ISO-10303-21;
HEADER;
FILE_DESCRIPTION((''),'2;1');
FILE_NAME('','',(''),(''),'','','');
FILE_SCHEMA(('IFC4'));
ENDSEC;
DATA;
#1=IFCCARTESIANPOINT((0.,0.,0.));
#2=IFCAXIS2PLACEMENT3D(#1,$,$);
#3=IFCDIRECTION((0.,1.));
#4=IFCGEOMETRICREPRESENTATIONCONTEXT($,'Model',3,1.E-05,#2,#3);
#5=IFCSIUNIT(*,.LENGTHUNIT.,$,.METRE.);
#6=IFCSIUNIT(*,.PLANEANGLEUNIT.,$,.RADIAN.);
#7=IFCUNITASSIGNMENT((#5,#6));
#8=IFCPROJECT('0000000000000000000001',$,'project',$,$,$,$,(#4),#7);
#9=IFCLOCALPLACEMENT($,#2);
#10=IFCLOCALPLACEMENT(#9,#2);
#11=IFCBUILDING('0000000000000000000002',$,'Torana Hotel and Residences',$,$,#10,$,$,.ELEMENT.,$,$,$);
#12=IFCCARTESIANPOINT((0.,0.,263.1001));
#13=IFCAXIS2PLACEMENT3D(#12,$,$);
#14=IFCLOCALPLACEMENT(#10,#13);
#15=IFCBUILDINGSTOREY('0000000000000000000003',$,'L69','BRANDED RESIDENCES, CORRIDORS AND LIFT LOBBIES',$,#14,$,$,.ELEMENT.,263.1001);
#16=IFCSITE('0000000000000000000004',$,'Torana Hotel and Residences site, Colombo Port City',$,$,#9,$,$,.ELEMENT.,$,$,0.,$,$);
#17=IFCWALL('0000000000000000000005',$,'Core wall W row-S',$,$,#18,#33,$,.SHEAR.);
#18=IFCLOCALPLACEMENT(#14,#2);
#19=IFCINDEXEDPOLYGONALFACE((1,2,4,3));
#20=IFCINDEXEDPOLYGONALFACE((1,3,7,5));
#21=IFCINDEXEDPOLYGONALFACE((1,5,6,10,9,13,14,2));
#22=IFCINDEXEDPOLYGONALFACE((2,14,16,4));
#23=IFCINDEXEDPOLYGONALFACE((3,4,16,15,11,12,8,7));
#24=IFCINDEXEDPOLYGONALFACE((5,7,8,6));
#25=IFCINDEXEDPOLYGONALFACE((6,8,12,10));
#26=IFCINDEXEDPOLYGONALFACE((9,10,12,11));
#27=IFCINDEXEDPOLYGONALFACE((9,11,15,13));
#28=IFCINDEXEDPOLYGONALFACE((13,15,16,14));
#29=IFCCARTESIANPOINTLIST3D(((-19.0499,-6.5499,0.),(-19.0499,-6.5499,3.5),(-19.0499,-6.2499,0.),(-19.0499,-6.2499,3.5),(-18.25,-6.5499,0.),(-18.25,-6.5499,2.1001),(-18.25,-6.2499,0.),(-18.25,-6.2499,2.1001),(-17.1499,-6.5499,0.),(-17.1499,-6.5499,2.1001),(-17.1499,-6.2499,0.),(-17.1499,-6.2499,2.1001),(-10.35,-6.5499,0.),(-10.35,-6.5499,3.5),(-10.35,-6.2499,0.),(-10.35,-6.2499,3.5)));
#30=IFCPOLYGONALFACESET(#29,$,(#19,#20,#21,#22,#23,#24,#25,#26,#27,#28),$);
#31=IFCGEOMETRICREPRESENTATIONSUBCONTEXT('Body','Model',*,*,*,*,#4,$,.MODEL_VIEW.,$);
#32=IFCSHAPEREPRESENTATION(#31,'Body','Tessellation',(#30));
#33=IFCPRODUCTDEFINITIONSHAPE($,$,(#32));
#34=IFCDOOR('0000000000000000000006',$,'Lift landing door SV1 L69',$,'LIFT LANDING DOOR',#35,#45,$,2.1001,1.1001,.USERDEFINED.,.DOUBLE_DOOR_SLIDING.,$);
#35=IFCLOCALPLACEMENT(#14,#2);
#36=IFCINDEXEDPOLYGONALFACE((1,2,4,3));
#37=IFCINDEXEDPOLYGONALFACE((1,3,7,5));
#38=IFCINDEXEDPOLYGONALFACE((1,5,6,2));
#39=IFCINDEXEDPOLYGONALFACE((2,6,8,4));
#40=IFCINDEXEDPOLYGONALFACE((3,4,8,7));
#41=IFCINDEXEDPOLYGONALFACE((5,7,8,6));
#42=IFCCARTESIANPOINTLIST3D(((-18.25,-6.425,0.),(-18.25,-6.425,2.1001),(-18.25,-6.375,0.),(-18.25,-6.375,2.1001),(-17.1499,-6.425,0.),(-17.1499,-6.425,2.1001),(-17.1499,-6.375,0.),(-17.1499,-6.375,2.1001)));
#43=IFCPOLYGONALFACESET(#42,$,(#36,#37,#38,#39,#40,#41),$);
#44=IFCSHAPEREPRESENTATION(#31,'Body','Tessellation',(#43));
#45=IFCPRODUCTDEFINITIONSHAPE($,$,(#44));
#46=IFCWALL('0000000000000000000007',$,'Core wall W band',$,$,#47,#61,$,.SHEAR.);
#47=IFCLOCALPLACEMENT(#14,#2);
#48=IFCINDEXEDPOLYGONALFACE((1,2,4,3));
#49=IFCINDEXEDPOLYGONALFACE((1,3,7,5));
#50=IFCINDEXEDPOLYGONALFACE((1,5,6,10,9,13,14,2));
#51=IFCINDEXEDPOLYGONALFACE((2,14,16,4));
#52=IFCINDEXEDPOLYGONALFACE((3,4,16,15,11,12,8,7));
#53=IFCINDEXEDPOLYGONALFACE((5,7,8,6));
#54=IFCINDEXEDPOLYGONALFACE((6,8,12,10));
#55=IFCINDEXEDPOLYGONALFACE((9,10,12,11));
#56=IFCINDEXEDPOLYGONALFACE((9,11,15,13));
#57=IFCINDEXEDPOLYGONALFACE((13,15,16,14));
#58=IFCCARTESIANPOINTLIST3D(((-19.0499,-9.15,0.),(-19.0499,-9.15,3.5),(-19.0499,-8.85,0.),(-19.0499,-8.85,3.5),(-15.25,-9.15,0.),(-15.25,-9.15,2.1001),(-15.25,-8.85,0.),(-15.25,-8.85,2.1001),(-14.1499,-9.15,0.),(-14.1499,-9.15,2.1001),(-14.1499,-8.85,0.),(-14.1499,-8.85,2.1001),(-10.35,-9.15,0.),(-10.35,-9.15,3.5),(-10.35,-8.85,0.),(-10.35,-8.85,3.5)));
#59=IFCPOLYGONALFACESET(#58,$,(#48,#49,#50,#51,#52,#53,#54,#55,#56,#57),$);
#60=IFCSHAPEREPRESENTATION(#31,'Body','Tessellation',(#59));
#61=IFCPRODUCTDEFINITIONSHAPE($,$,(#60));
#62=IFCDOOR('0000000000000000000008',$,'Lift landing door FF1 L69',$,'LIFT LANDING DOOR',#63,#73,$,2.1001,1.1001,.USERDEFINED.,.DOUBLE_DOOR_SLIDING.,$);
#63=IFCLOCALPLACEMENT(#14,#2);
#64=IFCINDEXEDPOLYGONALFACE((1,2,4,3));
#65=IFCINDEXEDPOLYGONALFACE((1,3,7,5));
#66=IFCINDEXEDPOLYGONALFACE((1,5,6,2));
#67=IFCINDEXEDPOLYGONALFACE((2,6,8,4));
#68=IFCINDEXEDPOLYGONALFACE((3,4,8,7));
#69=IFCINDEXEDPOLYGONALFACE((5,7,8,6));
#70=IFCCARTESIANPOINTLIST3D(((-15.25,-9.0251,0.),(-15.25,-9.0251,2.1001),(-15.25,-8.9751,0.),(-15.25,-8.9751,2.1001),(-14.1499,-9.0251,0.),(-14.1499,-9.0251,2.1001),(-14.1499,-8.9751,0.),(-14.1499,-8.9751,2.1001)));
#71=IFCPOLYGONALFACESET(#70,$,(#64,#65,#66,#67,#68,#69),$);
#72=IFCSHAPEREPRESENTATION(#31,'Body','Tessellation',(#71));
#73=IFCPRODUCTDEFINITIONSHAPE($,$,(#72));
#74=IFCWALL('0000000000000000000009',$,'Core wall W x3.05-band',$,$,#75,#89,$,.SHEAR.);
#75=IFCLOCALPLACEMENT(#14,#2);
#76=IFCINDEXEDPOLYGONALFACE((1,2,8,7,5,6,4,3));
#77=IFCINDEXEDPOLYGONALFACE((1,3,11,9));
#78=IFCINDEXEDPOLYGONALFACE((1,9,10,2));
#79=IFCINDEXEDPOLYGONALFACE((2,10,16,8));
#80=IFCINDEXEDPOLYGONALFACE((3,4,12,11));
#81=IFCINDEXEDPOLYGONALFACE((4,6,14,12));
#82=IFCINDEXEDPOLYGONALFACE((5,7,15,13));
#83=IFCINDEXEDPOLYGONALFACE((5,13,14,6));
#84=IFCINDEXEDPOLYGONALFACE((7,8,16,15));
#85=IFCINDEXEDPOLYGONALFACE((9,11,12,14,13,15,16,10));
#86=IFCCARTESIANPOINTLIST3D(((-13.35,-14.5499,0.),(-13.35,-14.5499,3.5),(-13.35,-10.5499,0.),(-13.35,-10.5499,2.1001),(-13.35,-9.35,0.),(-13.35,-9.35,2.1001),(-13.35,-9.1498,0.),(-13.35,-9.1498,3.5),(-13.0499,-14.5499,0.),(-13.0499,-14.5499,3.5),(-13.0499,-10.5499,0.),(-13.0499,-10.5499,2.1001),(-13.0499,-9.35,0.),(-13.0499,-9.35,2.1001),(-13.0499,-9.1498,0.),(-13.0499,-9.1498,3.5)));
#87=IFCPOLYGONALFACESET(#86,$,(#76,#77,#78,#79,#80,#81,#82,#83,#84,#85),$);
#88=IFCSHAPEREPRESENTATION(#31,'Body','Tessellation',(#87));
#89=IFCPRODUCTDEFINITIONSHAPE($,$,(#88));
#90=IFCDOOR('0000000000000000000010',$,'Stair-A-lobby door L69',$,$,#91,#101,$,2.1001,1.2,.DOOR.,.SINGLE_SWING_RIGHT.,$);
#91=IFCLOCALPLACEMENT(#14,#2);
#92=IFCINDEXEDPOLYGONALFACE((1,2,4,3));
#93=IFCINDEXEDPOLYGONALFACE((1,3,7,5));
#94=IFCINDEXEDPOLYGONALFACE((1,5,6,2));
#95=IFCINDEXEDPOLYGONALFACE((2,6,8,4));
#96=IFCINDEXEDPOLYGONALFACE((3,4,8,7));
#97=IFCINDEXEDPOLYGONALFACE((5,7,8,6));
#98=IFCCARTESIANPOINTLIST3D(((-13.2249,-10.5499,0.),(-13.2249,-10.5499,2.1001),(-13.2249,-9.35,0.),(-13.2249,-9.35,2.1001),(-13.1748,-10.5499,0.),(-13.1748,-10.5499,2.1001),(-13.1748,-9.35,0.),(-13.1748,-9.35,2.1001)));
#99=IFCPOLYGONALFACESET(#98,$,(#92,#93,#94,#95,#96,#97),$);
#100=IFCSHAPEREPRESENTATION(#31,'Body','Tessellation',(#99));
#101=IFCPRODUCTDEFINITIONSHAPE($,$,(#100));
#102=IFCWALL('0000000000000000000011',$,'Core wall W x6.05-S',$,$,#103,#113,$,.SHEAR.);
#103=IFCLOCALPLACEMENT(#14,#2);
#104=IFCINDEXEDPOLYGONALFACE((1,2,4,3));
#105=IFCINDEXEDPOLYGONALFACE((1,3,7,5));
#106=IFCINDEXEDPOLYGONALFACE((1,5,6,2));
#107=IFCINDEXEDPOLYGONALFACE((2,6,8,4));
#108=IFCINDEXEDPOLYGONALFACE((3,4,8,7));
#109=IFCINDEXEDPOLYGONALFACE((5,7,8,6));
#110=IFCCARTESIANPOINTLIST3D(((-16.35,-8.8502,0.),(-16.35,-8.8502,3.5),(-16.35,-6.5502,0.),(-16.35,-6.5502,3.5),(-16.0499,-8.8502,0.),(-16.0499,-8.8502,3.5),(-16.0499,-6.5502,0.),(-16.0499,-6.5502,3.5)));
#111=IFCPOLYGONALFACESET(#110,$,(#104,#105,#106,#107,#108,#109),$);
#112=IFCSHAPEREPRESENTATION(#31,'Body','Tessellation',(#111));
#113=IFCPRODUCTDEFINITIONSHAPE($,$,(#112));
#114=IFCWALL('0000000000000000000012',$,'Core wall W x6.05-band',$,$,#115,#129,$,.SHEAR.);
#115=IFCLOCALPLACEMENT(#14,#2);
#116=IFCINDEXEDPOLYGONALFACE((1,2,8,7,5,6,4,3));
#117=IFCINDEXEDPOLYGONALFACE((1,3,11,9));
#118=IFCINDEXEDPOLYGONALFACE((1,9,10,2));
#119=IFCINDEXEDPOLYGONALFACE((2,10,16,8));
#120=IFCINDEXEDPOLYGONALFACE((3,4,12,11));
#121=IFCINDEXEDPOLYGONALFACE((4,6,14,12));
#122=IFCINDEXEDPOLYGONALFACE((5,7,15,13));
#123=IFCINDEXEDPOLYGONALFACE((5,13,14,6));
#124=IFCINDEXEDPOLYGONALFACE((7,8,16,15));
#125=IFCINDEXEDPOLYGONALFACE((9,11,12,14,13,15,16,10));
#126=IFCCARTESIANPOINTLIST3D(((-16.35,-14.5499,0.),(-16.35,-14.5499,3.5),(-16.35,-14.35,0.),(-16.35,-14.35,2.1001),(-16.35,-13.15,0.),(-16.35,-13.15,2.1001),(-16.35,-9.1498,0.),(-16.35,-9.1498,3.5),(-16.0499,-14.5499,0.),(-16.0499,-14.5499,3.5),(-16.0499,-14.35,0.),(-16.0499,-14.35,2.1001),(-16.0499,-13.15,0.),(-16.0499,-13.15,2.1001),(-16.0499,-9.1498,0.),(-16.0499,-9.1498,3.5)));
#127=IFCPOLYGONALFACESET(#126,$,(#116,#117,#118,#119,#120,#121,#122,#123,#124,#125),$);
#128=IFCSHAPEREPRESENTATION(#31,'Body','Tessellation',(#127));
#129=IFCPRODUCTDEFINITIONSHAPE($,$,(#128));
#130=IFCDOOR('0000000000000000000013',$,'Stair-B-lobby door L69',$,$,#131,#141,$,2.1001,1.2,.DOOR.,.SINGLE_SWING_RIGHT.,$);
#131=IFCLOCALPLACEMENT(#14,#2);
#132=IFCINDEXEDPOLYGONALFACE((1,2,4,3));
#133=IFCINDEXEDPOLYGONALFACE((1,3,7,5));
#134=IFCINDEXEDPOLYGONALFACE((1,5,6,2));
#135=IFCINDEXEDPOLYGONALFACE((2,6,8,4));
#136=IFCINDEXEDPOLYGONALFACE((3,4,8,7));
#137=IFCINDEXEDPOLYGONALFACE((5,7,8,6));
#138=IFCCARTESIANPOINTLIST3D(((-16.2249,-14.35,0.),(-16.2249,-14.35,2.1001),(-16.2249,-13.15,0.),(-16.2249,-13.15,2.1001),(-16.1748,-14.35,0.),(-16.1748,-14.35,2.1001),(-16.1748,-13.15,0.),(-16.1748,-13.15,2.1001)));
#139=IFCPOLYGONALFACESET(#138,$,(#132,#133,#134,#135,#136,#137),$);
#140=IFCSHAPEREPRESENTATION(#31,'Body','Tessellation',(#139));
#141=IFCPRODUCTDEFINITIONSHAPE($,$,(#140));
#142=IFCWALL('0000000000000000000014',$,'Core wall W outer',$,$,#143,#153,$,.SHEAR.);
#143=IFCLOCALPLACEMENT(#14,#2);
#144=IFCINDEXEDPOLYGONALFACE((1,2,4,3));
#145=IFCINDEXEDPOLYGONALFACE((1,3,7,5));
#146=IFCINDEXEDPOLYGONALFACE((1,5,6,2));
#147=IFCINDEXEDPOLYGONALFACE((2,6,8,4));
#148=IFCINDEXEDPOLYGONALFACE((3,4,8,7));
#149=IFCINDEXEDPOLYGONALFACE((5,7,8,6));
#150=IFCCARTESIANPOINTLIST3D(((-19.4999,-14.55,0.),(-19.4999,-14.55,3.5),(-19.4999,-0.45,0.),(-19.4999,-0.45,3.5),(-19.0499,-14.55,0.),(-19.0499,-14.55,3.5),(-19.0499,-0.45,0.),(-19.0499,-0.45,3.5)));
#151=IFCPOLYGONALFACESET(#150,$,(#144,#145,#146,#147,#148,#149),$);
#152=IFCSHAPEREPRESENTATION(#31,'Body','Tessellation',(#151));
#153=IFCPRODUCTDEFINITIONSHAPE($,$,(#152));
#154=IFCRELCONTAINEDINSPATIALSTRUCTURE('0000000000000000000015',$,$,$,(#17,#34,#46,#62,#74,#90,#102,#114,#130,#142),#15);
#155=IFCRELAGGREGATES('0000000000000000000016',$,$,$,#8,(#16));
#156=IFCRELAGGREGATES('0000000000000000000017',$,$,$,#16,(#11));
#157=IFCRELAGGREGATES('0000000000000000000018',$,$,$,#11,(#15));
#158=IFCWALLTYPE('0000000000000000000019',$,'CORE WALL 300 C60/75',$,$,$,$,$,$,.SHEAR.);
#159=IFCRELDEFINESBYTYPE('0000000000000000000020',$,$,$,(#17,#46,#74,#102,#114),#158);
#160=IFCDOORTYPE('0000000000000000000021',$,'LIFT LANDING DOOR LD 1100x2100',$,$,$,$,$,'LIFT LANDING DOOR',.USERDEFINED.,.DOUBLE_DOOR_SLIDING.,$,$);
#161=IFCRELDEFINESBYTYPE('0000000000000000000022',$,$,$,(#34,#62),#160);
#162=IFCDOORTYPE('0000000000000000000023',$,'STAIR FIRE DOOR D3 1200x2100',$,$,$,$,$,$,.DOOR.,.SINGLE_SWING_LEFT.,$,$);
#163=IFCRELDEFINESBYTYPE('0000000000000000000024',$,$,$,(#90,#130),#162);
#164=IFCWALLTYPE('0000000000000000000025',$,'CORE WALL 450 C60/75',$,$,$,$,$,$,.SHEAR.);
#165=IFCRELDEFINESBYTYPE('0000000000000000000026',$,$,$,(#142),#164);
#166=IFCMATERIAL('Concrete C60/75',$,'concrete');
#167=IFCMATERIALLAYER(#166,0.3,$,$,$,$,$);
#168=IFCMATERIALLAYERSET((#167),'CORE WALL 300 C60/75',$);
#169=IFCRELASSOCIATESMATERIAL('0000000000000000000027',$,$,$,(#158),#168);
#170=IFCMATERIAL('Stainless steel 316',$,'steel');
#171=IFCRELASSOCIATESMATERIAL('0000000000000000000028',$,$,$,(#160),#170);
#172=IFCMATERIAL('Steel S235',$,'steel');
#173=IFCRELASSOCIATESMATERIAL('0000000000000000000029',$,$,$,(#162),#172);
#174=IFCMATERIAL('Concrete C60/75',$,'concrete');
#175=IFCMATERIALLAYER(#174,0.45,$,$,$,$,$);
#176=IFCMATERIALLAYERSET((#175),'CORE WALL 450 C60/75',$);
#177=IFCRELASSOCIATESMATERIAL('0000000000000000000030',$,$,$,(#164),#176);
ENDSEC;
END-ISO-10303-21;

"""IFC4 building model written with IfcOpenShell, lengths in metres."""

from ifc_helpers import new_model, si_unit, direction, frame, frame_2d, origin, place, context, subcontext, project, spatial, rectangle, extrude, material, layer, layer_set, type_object, element, fill, save


model = new_model("IFC4")

# Units and contexts
model_context = context("Model", 3, precision=1e-05, world=origin(), true_north=direction((0.0, 1.0)))
body_context = subcontext(model_context, "Body", "Model", "MODEL_VIEW")
ifc_project = project(units=[si_unit("LENGTHUNIT", "METRE"), si_unit("PLANEANGLEUNIT", "RADIAN")], contexts=[model_context])

# Site, building, storey
site_placement = place(None, origin())
site = spatial("IfcSite", under=ifc_project, at=site_placement, Name="Torana Hotel and Residences site, Colombo Port City", CompositionType="ELEMENT", RefElevation=0.0)
building_placement = place(site_placement, origin())
building = spatial("IfcBuilding", under=site, at=building_placement, Name="Torana Hotel and Residences", CompositionType="ELEMENT")
storey_placement = place(building_placement, frame((0.0, 0.0, 263.1001)))
storey = spatial("IfcBuildingStorey", under=building, at=storey_placement, Name="L69", Description="BRANDED RESIDENCES, CORRIDORS AND LIFT LOBBIES", CompositionType="ELEMENT", Elevation=263.1001)

# Walls, openings, doors
ifc_material_1 = material(Name="Concrete C60/75", Category="concrete")
ifc_layer_1 = layer(ifc_material_1, 0.3)
ifc_layer_set_1 = layer_set([ifc_layer_1], Name="CORE WALL 300 C60/75")
wall_type_1 = type_object("IfcWallType", Name="CORE WALL 300 C60/75", PredefinedType="SHEAR", material=ifc_layer_set_1)
wall_1_placement = place(storey_placement, frame((-19.05, -6.3999, 0.0), z_axis=(0.0, 0.0, 1.0), x_axis=(1.0, 0.0, 0.0)))
wall_1 = element("IfcWall", 1, at=wall_1_placement, inside=storey, type_object=wall_type_1, Name="Core wall W row-S", PredefinedType="SHEAR", context=body_context, shape_type="SweptSolid", body=[
    extrude(rectangle(XDim=8.7, YDim=0.3, at=frame_2d((4.3501, 0.0))), origin(), (0.0, 0.0, 1.0), 3.5),
])
opening_1_placement = place(wall_1_placement, frame((0.8, 0.0, 0.0)))
opening_1 = element("IfcOpeningElement", 2, at=opening_1_placement, cuts=wall_1, PredefinedType="OPENING", context=body_context, shape_type="SweptSolid", body=[
    extrude(rectangle(XDim=1.1001, YDim=2.1001, at=frame_2d((0.55, 1.05))), frame((0.0, 0.1599, 0.0), z_axis=(0.0, -1.0, 0.0), x_axis=(1.0, 0.0, 0.0)), (0.0, 0.0, 1.0), 0.3201),
])
ifc_material_2 = material(Name="Stainless steel 316", Category="steel")
door_type_1 = type_object("IfcDoorType", Name="LIFT LANDING DOOR LD 1100x2100", ElementType="LIFT LANDING DOOR", OperationType="DOUBLE_DOOR_SLIDING", PredefinedType="USERDEFINED", material=ifc_material_2)
door_1_placement = place(opening_1_placement, origin())
door_1 = element("IfcDoor", 3, at=door_1_placement, inside=storey, type_object=door_type_1, Name="Lift landing door SV1 L69", ObjectType="LIFT LANDING DOOR", OperationType="DOUBLE_DOOR_SLIDING", OverallHeight=2.1001, OverallWidth=1.1001, PredefinedType="USERDEFINED", context=body_context, shape_type="SweptSolid", body=[
    extrude(rectangle(XDim=1.1001, YDim=2.1001, at=frame_2d((0.55, 1.05))), frame((0.0, 0.0249, 0.0), z_axis=(0.0, -1.0, 0.0), x_axis=(1.0, 0.0, 0.0)), (0.0, 0.0, 1.0), 0.05),
])
fill(opening_1, door_1)
wall_2_placement = place(storey_placement, frame((-19.05, -9.0, 0.0), z_axis=(0.0, 0.0, 1.0), x_axis=(1.0, 0.0, 0.0)))
wall_2 = element("IfcWall", 4, at=wall_2_placement, inside=storey, type_object=wall_type_1, Name="Core wall W band", PredefinedType="SHEAR", context=body_context, shape_type="SweptSolid", body=[
    extrude(rectangle(XDim=8.7, YDim=0.3, at=frame_2d((4.3501, 0.0))), origin(), (0.0, 0.0, 1.0), 3.5),
])
opening_2_placement = place(wall_2_placement, frame((3.8, 0.0, 0.0)))
opening_2 = element("IfcOpeningElement", 5, at=opening_2_placement, cuts=wall_2, PredefinedType="OPENING", context=body_context, shape_type="SweptSolid", body=[
    extrude(rectangle(XDim=1.1001, YDim=2.1001, at=frame_2d((0.55, 1.05))), frame((0.0, 0.1599, 0.0), z_axis=(0.0, -1.0, 0.0), x_axis=(1.0, 0.0, 0.0)), (0.0, 0.0, 1.0), 0.3201),
])
door_2_placement = place(opening_2_placement, origin())
door_2 = element("IfcDoor", 6, at=door_2_placement, inside=storey, type_object=door_type_1, Name="Lift landing door FF1 L69", ObjectType="LIFT LANDING DOOR", OperationType="DOUBLE_DOOR_SLIDING", OverallHeight=2.1001, OverallWidth=1.1001, PredefinedType="USERDEFINED", context=body_context, shape_type="SweptSolid", body=[
    extrude(rectangle(XDim=1.1001, YDim=2.1001, at=frame_2d((0.55, 1.05))), frame((0.0, 0.0249, 0.0), z_axis=(0.0, -1.0, 0.0), x_axis=(1.0, 0.0, 0.0)), (0.0, 0.0, 1.0), 0.05),
])
fill(opening_2, door_2)
wall_3_placement = place(storey_placement, frame((-13.2, -14.55, 0.0), z_axis=(0.0, 0.0, 1.0), x_axis=(0.0, 1.0, 0.0)))
wall_3 = element("IfcWall", 7, at=wall_3_placement, inside=storey, type_object=wall_type_1, Name="Core wall W x3.05-band", PredefinedType="SHEAR", context=body_context, shape_type="SweptSolid", body=[
    extrude(rectangle(XDim=5.4001, YDim=0.3, at=frame_2d((2.7002, 0.0))), origin(), (0.0, 0.0, 1.0), 3.5),
])
opening_3_placement = place(wall_3_placement, frame((4.0, 0.0, 0.0)))
opening_3 = element("IfcOpeningElement", 8, at=opening_3_placement, cuts=wall_3, PredefinedType="OPENING", context=body_context, shape_type="SweptSolid", body=[
    extrude(rectangle(XDim=1.2, YDim=2.1001, at=frame_2d((0.6001, 1.05))), frame((0.0, 0.1599, 0.0), z_axis=(0.0, -1.0, 0.0), x_axis=(1.0, 0.0, 0.0)), (0.0, 0.0, 1.0), 0.3201),
])
ifc_material_3 = material(Name="Steel S235", Category="steel")
door_type_2 = type_object("IfcDoorType", Name="STAIR FIRE DOOR D3 1200x2100", OperationType="SINGLE_SWING_LEFT", PredefinedType="DOOR", material=ifc_material_3)
door_3_placement = place(opening_3_placement, frame((0.6001, 0.0, 0.0), z_axis=(0.0, 0.0, 1.0), x_axis=(-1.0, 0.0, 0.0)))
door_3 = element("IfcDoor", 9, at=door_3_placement, inside=storey, type_object=door_type_2, Name="Stair-A-lobby door L69", OperationType="SINGLE_SWING_RIGHT", OverallHeight=2.1001, OverallWidth=1.2, PredefinedType="DOOR", context=body_context, shape_type="SweptSolid", body=[
    extrude(rectangle(XDim=1.2, YDim=2.1001, at=frame_2d((0.0, 1.05))), frame((0.0, -0.0249, 0.0), z_axis=(0.0, 1.0, 0.0), x_axis=(-1.0, 0.0, 0.0)), (0.0, 0.0, 1.0), 0.05),
])
fill(opening_3, door_3)

# Wall
wall_4_placement = place(storey_placement, frame((-16.2, -8.8501, 0.0), z_axis=(0.0, 0.0, 1.0), x_axis=(0.0, 1.0, 0.0)))
element("IfcWall", 10, at=wall_4_placement, inside=storey, type_object=wall_type_1, Name="Core wall W x6.05-S", PredefinedType="SHEAR", context=body_context, shape_type="SweptSolid", body=[
    extrude(rectangle(XDim=2.3, YDim=0.3, at=frame_2d((1.1499, 0.0))), origin(), (0.0, 0.0, 1.0), 3.5),
])

# Wall, opening, door
wall_5_placement = place(storey_placement, frame((-16.2, -14.55, 0.0), z_axis=(0.0, 0.0, 1.0), x_axis=(0.0, 1.0, 0.0)))
wall_5 = element("IfcWall", 11, at=wall_5_placement, inside=storey, type_object=wall_type_1, Name="Core wall W x6.05-band", PredefinedType="SHEAR", context=body_context, shape_type="SweptSolid", body=[
    extrude(rectangle(XDim=5.4001, YDim=0.3, at=frame_2d((2.7002, 0.0))), origin(), (0.0, 0.0, 1.0), 3.5),
])
opening_4_placement = place(wall_5_placement, frame((0.2, 0.0, 0.0)))
opening_4 = element("IfcOpeningElement", 12, at=opening_4_placement, cuts=wall_5, PredefinedType="OPENING", context=body_context, shape_type="SweptSolid", body=[
    extrude(rectangle(XDim=1.2, YDim=2.1001, at=frame_2d((0.6001, 1.05))), frame((0.0, 0.1599, 0.0), z_axis=(0.0, -1.0, 0.0), x_axis=(1.0, 0.0, 0.0)), (0.0, 0.0, 1.0), 0.3201),
])
door_4_placement = place(opening_4_placement, origin())
door_4 = element("IfcDoor", 13, at=door_4_placement, inside=storey, type_object=door_type_2, Name="Stair-B-lobby door L69", OperationType="SINGLE_SWING_RIGHT", OverallHeight=2.1001, OverallWidth=1.2, PredefinedType="DOOR", context=body_context, shape_type="SweptSolid", body=[
    extrude(rectangle(XDim=1.2, YDim=2.1001, at=frame_2d((0.6001, 1.05))), frame((0.0, 0.0249, 0.0), z_axis=(0.0, -1.0, 0.0), x_axis=(1.0, 0.0, 0.0)), (0.0, 0.0, 1.0), 0.05),
])
fill(opening_4, door_4)

# Wall
ifc_material_4 = material(Name="Concrete C60/75", Category="concrete")
ifc_layer_2 = layer(ifc_material_4, 0.45)
ifc_layer_set_2 = layer_set([ifc_layer_2], Name="CORE WALL 450 C60/75")
wall_type_2 = type_object("IfcWallType", Name="CORE WALL 450 C60/75", PredefinedType="SHEAR", material=ifc_layer_set_2)
wall_6_placement = place(storey_placement, frame((-19.2749, -14.55, 0.0), z_axis=(0.0, 0.0, 1.0), x_axis=(0.0, 1.0, 0.0)))
element("IfcWall", 14, at=wall_6_placement, inside=storey, type_object=wall_type_2, Name="Core wall W outer", PredefinedType="SHEAR", context=body_context, shape_type="SweptSolid", body=[
    extrude(rectangle(XDim=14.1001, YDim=0.45, at=frame_2d((7.05, 0.0))), origin(), (0.0, 0.0, 1.0), 3.5),
])

save(model, "model.ifc")
